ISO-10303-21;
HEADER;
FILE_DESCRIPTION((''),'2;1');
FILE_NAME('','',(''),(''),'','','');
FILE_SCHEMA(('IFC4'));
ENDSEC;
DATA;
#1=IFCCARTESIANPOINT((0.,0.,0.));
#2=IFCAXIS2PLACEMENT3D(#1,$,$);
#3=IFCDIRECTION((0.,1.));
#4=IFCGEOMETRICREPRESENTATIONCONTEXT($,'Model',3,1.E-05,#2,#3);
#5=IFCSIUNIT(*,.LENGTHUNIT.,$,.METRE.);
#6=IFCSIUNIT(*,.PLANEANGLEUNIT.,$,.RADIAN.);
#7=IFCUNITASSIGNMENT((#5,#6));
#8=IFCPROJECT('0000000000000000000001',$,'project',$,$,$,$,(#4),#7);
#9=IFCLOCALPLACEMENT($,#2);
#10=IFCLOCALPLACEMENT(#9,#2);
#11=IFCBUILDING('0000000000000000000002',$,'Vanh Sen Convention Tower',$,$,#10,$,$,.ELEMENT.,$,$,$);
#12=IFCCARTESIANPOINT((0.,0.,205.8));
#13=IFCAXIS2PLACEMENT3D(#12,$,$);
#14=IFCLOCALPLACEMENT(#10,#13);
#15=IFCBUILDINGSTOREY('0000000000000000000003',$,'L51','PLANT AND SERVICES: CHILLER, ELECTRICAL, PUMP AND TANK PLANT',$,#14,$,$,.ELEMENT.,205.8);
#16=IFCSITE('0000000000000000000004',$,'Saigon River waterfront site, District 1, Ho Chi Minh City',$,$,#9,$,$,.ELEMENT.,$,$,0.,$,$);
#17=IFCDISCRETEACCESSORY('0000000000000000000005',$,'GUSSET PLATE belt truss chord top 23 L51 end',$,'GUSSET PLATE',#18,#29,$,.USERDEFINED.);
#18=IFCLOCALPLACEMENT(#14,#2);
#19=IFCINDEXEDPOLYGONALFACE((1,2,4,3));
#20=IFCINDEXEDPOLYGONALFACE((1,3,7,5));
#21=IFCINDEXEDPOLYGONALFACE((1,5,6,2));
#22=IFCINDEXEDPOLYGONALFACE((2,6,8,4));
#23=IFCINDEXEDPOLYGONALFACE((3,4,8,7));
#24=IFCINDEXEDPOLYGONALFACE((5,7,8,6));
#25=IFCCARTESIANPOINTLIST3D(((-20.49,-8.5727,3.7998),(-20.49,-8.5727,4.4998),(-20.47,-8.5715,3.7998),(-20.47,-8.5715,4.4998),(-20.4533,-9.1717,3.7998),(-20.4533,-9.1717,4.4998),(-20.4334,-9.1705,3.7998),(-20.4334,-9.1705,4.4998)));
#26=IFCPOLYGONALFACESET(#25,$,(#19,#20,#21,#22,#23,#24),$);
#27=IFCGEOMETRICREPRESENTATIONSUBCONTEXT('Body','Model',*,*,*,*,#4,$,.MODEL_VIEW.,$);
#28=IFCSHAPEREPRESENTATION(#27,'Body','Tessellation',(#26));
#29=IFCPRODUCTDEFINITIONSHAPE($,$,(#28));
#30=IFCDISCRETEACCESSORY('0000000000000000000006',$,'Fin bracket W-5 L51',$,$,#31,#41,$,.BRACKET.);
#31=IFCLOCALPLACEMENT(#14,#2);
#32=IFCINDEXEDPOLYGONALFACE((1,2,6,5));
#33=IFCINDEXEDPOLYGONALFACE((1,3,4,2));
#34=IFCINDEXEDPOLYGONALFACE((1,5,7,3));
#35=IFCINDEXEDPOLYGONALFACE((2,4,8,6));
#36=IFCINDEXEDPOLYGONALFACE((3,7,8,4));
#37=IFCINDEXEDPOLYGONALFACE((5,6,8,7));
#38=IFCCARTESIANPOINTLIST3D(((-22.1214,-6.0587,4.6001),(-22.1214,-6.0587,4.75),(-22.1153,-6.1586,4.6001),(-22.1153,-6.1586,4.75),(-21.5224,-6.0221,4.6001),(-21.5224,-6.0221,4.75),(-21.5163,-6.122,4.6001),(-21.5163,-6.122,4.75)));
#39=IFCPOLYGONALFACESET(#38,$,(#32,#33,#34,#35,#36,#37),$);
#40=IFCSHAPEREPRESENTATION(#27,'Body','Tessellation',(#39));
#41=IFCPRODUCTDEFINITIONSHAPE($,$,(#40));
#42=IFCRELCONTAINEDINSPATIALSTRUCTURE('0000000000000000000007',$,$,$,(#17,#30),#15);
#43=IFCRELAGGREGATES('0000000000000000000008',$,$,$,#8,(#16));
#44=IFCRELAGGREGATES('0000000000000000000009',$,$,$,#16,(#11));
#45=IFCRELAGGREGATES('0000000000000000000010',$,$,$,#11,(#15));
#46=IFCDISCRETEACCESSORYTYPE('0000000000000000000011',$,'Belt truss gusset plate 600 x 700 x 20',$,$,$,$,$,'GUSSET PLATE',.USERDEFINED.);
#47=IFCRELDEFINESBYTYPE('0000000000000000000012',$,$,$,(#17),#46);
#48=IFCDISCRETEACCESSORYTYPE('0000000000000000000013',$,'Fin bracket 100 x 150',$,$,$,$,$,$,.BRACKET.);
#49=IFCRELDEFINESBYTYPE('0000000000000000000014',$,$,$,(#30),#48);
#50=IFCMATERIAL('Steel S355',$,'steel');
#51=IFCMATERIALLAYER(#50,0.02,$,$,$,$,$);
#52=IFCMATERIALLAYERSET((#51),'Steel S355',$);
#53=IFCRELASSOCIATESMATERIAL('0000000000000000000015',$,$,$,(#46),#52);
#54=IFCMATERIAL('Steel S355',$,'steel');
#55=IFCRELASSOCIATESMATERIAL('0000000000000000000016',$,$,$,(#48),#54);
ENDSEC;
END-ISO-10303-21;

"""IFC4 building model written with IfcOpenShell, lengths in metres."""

from ifc_helpers import new_model, si_unit, direction, frame, origin, origin_2d, place, context, subcontext, project, spatial, rectangle, extrude, material, layer, layer_set, type_object, element, save


model = new_model("IFC4")

# Units and contexts
model_context = context("Model", 3, precision=1e-05, world=origin(), true_north=direction((0.0, 1.0)))
body_context = subcontext(model_context, "Body", "Model", "MODEL_VIEW")
ifc_project = project(units=[si_unit("LENGTHUNIT", "METRE"), si_unit("PLANEANGLEUNIT", "RADIAN")], contexts=[model_context])

# Site, building, storey
site_placement = place(None, origin())
site = spatial("IfcSite", under=ifc_project, at=site_placement, Name="Saigon River waterfront site, District 1, Ho Chi Minh City", CompositionType="ELEMENT", RefElevation=0.0)
building_placement = place(site_placement, origin())
building = spatial("IfcBuilding", under=site, at=building_placement, Name="Vanh Sen Convention Tower", CompositionType="ELEMENT")
storey_placement = place(building_placement, frame((0.0, 0.0, 205.8)))
storey = spatial("IfcBuildingStorey", under=building, at=storey_placement, Name="L51", Description="PLANT AND SERVICES: CHILLER, ELECTRICAL, PUMP AND TANK PLANT", CompositionType="ELEMENT", Elevation=205.8)

# Shared definitions
ifc_material_1 = material(Name="Steel S355", Category="steel")

# Discrete accessories
ifc_layer_1 = layer(ifc_material_1, 0.02)
ifc_layer_set_1 = layer_set([ifc_layer_1], Name="Steel S355")
discrete_accessory_type_1 = type_object("IfcDiscreteAccessoryType", Name="Belt truss gusset plate 600 x 700 x 20", ElementType="GUSSET PLATE", PredefinedType="USERDEFINED", material=ifc_layer_set_1)
for number, where, z_axis, x_axis, name in (
    (1, (-20.4617, -8.8716, 3.7998), (0.0, 0.0, 1.0), (-0.061054, 0.998134, 0.0), "GUSSET PLATE belt truss chord top 23 L51 end"),
):
    element("IfcDiscreteAccessory", number, at=place(storey_placement, frame(where, z_axis=z_axis, x_axis=x_axis)), inside=storey, type_object=discrete_accessory_type_1, Name=name, ObjectType="GUSSET PLATE", PredefinedType="USERDEFINED", context=body_context, shape_type="SweptSolid", body=[
        extrude(rectangle(XDim=0.6001, YDim=0.02, at=origin_2d()), origin(), (0.0, 0.0, 1.0), 0.7),
    ])
ifc_material_2 = material(Name="Steel S355", Category="steel")
discrete_accessory_type_2 = type_object("IfcDiscreteAccessoryType", Name="Fin bracket 100 x 150", PredefinedType="BRACKET", material=ifc_material_2)
discrete_accessory_placement = place(storey_placement, frame((-21.8188, -6.0903, 4.6001), z_axis=(0.0, 0.0, 1.0), x_axis=(-0.998135, -0.061049, 0.0)))
element("IfcDiscreteAccessory", 2, at=discrete_accessory_placement, inside=storey, type_object=discrete_accessory_type_2, Name="Fin bracket W-5 L51", PredefinedType="BRACKET", context=body_context, shape_type="SweptSolid", body=[
    extrude(rectangle(XDim=0.6001, YDim=0.1001, at=origin_2d()), origin(), (0.0, 0.0, 1.0), 0.1499),
])

save(model, "model.ifc")
